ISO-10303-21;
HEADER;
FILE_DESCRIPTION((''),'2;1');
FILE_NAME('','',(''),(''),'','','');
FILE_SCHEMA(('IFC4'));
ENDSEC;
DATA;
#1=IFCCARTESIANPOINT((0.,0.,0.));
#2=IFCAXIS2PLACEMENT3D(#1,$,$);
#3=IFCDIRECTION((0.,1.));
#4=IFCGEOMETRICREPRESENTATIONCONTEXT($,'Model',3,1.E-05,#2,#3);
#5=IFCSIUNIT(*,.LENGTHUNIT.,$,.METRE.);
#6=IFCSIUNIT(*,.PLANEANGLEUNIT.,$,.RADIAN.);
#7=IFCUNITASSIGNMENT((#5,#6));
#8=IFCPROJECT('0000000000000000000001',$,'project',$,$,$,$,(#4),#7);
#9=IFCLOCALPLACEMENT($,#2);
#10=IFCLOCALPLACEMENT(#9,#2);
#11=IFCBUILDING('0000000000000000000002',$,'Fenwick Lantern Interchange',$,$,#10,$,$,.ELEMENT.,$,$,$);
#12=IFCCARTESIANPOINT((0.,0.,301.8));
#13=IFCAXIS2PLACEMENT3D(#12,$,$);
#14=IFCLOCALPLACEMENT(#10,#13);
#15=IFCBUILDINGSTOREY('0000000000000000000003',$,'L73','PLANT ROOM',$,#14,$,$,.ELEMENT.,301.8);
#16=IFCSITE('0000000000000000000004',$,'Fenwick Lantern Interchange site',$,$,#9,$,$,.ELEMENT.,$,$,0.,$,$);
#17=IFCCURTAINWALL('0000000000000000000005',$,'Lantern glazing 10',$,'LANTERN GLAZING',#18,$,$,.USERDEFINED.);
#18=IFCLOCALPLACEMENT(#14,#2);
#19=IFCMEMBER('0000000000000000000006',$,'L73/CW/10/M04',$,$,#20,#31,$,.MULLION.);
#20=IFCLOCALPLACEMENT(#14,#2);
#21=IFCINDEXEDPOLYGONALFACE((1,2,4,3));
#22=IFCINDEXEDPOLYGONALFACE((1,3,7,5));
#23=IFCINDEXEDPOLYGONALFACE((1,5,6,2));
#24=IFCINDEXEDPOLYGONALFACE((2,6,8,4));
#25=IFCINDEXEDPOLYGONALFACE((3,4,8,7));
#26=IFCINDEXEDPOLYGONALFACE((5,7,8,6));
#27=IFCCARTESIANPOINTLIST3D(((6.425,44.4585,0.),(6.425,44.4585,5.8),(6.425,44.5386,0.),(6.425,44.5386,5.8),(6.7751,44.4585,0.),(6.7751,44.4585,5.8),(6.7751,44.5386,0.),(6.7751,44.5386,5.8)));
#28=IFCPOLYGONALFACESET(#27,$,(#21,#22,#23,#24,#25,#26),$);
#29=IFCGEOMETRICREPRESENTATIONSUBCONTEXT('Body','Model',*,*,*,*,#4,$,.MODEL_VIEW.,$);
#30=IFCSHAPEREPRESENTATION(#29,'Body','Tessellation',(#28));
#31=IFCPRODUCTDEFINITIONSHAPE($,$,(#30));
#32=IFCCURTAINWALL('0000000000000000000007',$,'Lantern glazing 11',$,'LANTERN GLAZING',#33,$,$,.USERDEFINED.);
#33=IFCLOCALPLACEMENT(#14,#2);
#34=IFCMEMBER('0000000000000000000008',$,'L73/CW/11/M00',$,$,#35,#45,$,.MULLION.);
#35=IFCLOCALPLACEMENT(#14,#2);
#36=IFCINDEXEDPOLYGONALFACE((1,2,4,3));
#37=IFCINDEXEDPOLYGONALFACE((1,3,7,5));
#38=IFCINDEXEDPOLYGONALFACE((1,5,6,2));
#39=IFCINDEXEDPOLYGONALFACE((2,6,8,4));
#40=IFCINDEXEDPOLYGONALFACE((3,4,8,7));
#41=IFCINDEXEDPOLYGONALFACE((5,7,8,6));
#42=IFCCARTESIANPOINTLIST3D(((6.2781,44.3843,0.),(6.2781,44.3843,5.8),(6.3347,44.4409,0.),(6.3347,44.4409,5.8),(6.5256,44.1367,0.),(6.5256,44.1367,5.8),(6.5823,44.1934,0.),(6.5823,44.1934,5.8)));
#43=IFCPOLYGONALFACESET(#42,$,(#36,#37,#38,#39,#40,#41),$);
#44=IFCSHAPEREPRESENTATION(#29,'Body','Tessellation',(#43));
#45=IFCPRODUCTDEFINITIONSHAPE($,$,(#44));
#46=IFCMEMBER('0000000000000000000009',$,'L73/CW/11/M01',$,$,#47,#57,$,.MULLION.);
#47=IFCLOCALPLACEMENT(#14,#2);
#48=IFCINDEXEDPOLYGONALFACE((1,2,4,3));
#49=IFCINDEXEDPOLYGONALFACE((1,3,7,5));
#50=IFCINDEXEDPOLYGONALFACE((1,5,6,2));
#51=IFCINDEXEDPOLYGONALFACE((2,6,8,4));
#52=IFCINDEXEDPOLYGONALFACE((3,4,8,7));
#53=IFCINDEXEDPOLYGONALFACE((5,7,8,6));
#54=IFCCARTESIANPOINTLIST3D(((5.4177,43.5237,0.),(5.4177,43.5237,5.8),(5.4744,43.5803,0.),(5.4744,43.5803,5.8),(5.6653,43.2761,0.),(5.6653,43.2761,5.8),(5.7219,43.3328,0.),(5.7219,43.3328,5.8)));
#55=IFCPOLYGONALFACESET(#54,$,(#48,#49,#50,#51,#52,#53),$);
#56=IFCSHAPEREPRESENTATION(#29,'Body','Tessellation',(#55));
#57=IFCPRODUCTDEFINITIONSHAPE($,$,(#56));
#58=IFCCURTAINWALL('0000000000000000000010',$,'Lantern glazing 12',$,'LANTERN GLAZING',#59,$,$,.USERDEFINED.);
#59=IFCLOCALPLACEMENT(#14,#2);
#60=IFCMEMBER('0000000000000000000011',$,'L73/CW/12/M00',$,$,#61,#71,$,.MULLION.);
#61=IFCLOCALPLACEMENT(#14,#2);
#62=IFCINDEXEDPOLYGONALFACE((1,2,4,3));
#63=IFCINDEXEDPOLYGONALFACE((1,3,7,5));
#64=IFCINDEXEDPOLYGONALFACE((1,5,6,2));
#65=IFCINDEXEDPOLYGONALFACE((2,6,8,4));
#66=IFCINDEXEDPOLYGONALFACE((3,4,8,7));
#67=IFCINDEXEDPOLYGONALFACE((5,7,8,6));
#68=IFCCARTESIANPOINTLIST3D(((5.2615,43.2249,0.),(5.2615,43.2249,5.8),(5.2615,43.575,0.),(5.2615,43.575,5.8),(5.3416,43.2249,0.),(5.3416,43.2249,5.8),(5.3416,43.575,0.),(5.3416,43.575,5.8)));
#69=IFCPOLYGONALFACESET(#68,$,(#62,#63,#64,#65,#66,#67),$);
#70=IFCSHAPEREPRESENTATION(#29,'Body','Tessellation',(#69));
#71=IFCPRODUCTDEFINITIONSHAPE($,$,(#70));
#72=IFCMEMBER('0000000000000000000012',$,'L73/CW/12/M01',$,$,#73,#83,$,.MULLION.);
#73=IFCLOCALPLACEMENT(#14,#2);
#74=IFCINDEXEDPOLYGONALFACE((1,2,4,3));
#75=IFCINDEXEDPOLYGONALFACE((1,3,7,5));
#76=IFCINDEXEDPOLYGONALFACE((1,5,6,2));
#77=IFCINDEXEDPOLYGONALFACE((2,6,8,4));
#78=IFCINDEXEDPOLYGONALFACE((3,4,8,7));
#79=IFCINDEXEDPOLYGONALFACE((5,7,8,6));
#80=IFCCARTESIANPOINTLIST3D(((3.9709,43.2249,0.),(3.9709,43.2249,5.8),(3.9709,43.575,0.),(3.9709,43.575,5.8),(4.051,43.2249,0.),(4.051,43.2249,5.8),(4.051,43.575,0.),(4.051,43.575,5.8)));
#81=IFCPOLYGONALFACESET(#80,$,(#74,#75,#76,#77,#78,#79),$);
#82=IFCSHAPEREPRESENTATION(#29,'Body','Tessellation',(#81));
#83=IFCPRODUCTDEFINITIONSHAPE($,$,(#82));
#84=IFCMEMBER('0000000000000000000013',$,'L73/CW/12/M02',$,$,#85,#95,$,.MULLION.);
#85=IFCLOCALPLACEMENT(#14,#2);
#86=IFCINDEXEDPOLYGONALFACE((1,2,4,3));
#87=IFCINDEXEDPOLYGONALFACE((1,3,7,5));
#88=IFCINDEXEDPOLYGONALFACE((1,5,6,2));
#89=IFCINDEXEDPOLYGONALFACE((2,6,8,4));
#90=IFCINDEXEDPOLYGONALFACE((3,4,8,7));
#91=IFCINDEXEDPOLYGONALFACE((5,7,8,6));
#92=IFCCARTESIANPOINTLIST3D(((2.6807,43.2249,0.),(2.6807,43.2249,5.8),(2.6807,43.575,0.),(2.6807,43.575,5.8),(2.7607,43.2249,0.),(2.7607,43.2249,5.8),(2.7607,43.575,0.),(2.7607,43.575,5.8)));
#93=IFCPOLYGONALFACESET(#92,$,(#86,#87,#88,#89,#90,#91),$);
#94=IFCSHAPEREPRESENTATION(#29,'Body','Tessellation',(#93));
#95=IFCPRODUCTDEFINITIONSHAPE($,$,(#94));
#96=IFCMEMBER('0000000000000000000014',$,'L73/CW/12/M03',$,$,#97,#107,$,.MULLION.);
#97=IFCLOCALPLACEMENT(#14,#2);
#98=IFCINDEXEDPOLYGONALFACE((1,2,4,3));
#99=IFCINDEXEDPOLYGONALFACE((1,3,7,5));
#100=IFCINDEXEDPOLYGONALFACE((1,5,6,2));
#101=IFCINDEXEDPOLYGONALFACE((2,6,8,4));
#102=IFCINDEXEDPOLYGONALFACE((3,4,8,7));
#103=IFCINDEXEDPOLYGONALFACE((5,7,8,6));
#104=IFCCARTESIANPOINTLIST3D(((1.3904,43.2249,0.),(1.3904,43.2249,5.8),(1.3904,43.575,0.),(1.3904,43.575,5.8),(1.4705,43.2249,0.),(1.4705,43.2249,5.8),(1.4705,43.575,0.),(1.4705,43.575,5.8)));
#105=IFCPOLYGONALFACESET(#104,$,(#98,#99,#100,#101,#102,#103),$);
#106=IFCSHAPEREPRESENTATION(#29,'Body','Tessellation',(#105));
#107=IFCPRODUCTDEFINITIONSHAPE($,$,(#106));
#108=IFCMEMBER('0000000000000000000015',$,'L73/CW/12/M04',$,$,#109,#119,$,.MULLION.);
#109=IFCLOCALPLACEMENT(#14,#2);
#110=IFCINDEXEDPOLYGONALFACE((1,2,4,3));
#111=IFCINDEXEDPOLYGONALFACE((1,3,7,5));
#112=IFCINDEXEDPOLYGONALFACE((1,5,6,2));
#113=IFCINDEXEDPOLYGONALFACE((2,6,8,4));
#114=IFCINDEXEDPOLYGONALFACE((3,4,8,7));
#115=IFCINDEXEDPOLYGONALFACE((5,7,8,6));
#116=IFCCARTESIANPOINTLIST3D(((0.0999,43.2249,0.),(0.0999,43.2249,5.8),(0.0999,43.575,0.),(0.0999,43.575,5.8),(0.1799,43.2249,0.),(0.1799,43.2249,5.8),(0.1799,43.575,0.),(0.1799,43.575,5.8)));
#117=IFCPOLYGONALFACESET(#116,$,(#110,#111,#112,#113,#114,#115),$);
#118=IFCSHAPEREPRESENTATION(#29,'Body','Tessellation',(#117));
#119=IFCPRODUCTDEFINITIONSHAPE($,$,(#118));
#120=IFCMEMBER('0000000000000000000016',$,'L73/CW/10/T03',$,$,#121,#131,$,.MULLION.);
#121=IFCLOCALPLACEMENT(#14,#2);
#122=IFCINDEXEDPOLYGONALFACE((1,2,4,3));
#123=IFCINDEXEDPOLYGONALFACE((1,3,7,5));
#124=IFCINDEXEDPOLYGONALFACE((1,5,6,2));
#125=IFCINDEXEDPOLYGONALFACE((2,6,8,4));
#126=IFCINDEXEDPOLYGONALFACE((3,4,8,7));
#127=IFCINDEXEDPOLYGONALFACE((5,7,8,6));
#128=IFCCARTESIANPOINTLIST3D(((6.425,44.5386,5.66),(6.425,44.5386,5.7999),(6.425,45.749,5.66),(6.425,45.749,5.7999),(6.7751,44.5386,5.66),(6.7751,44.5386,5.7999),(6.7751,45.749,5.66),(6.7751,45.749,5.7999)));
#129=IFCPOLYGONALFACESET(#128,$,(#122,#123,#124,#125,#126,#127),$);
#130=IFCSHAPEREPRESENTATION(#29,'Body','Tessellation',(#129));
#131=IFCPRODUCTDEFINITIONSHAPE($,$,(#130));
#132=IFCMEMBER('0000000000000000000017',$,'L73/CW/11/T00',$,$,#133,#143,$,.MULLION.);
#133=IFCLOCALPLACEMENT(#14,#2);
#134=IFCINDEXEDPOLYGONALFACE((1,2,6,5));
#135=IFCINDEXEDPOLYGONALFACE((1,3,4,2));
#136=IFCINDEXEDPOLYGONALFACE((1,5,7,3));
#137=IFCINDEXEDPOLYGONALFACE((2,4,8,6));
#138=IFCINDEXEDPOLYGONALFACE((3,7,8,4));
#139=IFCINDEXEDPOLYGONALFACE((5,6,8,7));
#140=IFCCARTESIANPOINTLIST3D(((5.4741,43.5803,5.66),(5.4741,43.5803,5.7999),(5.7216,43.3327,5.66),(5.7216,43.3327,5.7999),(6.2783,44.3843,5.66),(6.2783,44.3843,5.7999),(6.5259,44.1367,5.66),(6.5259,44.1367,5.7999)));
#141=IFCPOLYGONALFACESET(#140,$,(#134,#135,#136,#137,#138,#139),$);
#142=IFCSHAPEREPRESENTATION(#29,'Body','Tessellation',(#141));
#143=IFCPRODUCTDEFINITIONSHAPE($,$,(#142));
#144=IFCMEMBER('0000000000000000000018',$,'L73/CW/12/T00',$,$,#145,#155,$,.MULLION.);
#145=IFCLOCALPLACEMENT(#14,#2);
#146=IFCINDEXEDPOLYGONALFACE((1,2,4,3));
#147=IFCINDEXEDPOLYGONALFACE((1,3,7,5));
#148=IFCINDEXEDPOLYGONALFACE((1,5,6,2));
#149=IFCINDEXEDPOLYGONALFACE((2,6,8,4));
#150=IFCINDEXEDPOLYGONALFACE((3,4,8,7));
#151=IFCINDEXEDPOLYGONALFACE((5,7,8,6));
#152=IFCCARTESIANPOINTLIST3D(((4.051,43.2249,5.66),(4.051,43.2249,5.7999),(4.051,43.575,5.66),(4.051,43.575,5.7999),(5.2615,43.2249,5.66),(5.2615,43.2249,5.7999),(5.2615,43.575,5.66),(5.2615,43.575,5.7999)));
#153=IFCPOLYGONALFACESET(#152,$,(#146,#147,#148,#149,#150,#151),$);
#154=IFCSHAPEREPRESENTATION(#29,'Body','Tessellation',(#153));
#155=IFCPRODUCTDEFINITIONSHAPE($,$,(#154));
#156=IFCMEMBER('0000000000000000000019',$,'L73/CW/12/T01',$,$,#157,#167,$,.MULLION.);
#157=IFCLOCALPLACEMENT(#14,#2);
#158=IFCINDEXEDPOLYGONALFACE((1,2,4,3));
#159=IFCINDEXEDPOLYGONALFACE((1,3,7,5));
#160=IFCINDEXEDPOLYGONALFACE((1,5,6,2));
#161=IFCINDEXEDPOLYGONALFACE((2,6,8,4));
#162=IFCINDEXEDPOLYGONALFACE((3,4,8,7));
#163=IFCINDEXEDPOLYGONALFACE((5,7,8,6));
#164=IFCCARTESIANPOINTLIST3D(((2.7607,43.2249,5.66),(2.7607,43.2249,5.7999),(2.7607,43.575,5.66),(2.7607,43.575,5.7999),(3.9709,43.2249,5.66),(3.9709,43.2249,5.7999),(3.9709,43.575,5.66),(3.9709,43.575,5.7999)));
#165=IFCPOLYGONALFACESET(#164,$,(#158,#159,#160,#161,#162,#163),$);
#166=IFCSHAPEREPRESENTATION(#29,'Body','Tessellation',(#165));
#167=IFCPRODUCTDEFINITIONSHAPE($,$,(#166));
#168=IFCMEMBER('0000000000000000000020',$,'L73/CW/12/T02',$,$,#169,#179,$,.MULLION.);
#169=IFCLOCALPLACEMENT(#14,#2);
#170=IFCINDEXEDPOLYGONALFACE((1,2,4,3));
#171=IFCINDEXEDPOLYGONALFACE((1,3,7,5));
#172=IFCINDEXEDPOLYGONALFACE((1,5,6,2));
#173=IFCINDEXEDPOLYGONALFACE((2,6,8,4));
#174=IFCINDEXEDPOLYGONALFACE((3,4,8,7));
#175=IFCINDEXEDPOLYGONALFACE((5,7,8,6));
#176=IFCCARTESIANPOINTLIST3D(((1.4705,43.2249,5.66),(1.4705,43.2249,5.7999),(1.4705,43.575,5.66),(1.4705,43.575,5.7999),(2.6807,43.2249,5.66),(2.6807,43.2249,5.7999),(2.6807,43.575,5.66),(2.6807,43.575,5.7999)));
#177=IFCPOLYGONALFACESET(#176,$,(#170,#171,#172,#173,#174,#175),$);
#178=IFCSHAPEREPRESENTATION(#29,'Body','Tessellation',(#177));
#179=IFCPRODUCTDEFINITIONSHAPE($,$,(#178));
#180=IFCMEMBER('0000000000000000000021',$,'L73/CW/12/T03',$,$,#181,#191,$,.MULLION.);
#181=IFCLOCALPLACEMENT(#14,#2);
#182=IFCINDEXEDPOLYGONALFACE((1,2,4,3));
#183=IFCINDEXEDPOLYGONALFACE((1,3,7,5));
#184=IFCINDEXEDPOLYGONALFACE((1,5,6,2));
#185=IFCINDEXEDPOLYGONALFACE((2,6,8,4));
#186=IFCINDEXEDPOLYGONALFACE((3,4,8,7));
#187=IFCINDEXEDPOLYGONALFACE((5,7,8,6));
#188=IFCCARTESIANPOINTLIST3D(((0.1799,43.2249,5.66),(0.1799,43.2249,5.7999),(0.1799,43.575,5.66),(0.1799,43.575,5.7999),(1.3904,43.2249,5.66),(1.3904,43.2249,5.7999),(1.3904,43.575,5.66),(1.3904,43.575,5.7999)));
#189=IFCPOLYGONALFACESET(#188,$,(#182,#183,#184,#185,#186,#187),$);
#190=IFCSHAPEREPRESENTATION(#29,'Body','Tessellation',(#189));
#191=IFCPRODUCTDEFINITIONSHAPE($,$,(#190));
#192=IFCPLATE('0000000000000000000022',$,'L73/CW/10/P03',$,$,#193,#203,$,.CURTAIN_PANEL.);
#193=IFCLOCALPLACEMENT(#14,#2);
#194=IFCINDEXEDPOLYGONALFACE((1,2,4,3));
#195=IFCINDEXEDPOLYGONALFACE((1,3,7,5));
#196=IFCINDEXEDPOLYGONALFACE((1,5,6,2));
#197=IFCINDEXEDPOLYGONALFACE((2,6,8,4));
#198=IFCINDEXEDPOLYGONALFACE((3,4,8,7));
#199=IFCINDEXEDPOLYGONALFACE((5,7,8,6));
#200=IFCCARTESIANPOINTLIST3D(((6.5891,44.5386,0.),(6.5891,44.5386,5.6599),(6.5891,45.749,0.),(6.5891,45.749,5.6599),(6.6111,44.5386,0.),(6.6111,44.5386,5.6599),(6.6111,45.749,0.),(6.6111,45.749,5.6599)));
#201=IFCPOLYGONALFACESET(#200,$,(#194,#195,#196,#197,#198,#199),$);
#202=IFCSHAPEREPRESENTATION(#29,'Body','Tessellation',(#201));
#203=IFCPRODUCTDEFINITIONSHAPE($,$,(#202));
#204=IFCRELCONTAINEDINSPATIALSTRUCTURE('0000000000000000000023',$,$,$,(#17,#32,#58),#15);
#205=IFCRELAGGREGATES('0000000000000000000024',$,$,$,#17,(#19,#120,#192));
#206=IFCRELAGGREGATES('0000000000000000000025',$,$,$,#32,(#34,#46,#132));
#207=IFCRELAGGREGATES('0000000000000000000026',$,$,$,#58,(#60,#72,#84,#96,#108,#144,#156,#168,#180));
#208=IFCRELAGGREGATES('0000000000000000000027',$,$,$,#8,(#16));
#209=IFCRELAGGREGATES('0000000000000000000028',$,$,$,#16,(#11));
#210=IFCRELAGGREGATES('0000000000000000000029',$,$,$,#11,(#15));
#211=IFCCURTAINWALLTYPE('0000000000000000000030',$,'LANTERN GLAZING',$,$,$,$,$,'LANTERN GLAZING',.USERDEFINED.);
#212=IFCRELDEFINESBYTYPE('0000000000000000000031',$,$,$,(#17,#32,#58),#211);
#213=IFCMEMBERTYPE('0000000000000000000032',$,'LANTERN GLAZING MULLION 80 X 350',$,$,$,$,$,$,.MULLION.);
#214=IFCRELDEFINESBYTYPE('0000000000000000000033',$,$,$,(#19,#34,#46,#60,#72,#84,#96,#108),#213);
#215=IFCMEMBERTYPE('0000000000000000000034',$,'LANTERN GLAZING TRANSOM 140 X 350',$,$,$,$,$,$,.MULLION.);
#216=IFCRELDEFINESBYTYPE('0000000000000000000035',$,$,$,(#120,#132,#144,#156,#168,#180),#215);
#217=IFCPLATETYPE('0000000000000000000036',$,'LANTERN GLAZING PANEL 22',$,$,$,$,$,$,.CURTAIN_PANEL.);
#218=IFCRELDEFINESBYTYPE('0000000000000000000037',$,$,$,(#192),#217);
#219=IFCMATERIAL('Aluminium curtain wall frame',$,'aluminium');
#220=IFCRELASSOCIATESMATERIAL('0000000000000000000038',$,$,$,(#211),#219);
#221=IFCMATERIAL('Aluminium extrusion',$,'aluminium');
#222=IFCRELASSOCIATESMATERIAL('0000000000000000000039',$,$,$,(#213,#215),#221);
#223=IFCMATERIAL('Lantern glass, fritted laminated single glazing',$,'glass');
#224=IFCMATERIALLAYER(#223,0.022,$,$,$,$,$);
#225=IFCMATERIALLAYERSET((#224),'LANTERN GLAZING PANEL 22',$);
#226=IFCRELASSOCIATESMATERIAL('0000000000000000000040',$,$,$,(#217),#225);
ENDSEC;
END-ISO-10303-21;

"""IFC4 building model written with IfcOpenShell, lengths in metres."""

from ifc_helpers import new_model, si_unit, direction, frame, origin, origin_2d, place, context, subcontext, project, spatial, rectangle, extrude, material, layer, layer_set, material_profile, profile_set, type_object, element, aggregate, save


model = new_model("IFC4")

# Units and contexts
model_context = context("Model", 3, precision=1e-05, world=origin(), true_north=direction((0.0, 1.0)))
body_context = subcontext(model_context, "Body", "Model", "MODEL_VIEW")
ifc_project = project(units=[si_unit("LENGTHUNIT", "METRE"), si_unit("PLANEANGLEUNIT", "RADIAN")], contexts=[model_context])

# Site, building, storey
site_placement = place(None, origin())
site = spatial("IfcSite", under=ifc_project, at=site_placement, Name="Fenwick Lantern Interchange site", CompositionType="ELEMENT", RefElevation=0.0)
building_placement = place(site_placement, origin())
building = spatial("IfcBuilding", under=site, at=building_placement, Name="Fenwick Lantern Interchange", CompositionType="ELEMENT")
storey_placement = place(building_placement, frame((0.0, 0.0, 301.8)))
storey = spatial("IfcBuildingStorey", under=building, at=storey_placement, Name="L73", Description="PLANT ROOM", CompositionType="ELEMENT", Elevation=301.8)

# Curtain wall, member
ifc_material_1 = material(Name="Aluminium curtain wall frame", Category="aluminium")
curtain_wall_type = type_object("IfcCurtainWallType", Name="LANTERN GLAZING", ElementType="LANTERN GLAZING", PredefinedType="USERDEFINED", material=ifc_material_1)
curtain_wall_1_placement = place(storey_placement, origin())
curtain_wall_1 = element("IfcCurtainWall", 1, at=curtain_wall_1_placement, inside=storey, type_object=curtain_wall_type, Name="Lantern glazing 10", ObjectType="LANTERN GLAZING", PredefinedType="USERDEFINED")
ifc_material_2 = material(Name="Aluminium extrusion", Category="aluminium")
ifc_material_profile_1 = material_profile(ifc_material_2, rectangle(XDim=0.3501, YDim=0.0801, at=origin_2d()), Name="LANTERN GLAZING MULLION 80 X 350")
ifc_profile_set_1 = profile_set([ifc_material_profile_1], Name="Aluminium extrusion")
member_type_1 = type_object("IfcMemberType", Name="LANTERN GLAZING MULLION 80 X 350", PredefinedType="MULLION", material=ifc_profile_set_1)
member_1_placement = place(storey_placement, frame((6.6001, 44.4985, 0.0), z_axis=(0.0, 0.0, 1.0), x_axis=(1.0, 0.0, 0.0)))
member_1 = element("IfcMember", 2, at=member_1_placement, type_object=member_type_1, Name="L73/CW/10/M04", PredefinedType="MULLION", context=body_context, shape_type="SweptSolid", body=[
    extrude(rectangle(XDim=0.3501, YDim=0.0801, at=origin_2d()), origin(), (0.0, 0.0, 1.0), 5.8),
])

# Curtain walls, members
curtain_wall_2_placement = place(storey_placement, origin())
curtain_wall_2 = element("IfcCurtainWall", 3, at=curtain_wall_2_placement, inside=storey, type_object=curtain_wall_type, Name="Lantern glazing 11", ObjectType="LANTERN GLAZING", PredefinedType="USERDEFINED")
member_2_placement = place(storey_placement, frame((6.4302, 44.2888, 0.0), z_axis=(0.0, 0.0, 1.0), x_axis=(0.707107, -0.707107, 0.0)))
member_2 = element("IfcMember", 4, at=member_2_placement, type_object=member_type_1, Name="L73/CW/11/M00", PredefinedType="MULLION", context=body_context, shape_type="SweptSolid", body=[
    extrude(rectangle(XDim=0.3501, YDim=0.0801, at=origin_2d()), origin(), (0.0, 0.0, 1.0), 5.8),
])
member_3_placement = place(storey_placement, frame((5.5698, 43.4282, 0.0), z_axis=(0.0, 0.0, 1.0), x_axis=(0.707107, -0.707107, 0.0)))
member_3 = element("IfcMember", 5, at=member_3_placement, type_object=member_type_1, Name="L73/CW/11/M01", PredefinedType="MULLION", context=body_context, shape_type="SweptSolid", body=[
    extrude(rectangle(XDim=0.3501, YDim=0.0801, at=origin_2d()), origin(), (0.0, 0.0, 1.0), 5.8),
])
curtain_wall_3_placement = place(storey_placement, origin())
curtain_wall_3 = element("IfcCurtainWall", 6, at=curtain_wall_3_placement, inside=storey, type_object=curtain_wall_type, Name="Lantern glazing 12", ObjectType="LANTERN GLAZING", PredefinedType="USERDEFINED")
member_4_placement = place(storey_placement, frame((5.3015, 43.3999, 0.0), z_axis=(0.0, 0.0, 1.0), x_axis=(0.0, -1.0, 0.0)))
member_4 = element("IfcMember", 7, at=member_4_placement, type_object=member_type_1, Name="L73/CW/12/M00", PredefinedType="MULLION", context=body_context, shape_type="SweptSolid", body=[
    extrude(rectangle(XDim=0.3501, YDim=0.0801, at=origin_2d()), origin(), (0.0, 0.0, 1.0), 5.8),
])
member_5_placement = place(storey_placement, frame((4.011, 43.3999, 0.0), z_axis=(0.0, 0.0, 1.0), x_axis=(0.0, -1.0, 0.0)))
member_5 = element("IfcMember", 8, at=member_5_placement, type_object=member_type_1, Name="L73/CW/12/M01", PredefinedType="MULLION", context=body_context, shape_type="SweptSolid", body=[
    extrude(rectangle(XDim=0.3501, YDim=0.0801, at=origin_2d()), origin(), (0.0, 0.0, 1.0), 5.8),
])
member_6_placement = place(storey_placement, frame((2.7207, 43.3999, 0.0), z_axis=(0.0, 0.0, 1.0), x_axis=(0.0, -1.0, 0.0)))
member_6 = element("IfcMember", 9, at=member_6_placement, type_object=member_type_1, Name="L73/CW/12/M02", PredefinedType="MULLION", context=body_context, shape_type="SweptSolid", body=[
    extrude(rectangle(XDim=0.3501, YDim=0.0801, at=origin_2d()), origin(), (0.0, 0.0, 1.0), 5.8),
])
member_7_placement = place(storey_placement, frame((1.4304, 43.3999, 0.0), z_axis=(0.0, 0.0, 1.0), x_axis=(0.0, -1.0, 0.0)))
member_7 = element("IfcMember", 10, at=member_7_placement, type_object=member_type_1, Name="L73/CW/12/M03", PredefinedType="MULLION", context=body_context, shape_type="SweptSolid", body=[
    extrude(rectangle(XDim=0.3501, YDim=0.0801, at=origin_2d()), origin(), (0.0, 0.0, 1.0), 5.8),
])
member_8_placement = place(storey_placement, frame((0.1399, 43.3999, 0.0), z_axis=(0.0, 0.0, 1.0), x_axis=(0.0, -1.0, 0.0)))
member_8 = element("IfcMember", 11, at=member_8_placement, type_object=member_type_1, Name="L73/CW/12/M04", PredefinedType="MULLION", context=body_context, shape_type="SweptSolid", body=[
    extrude(rectangle(XDim=0.3501, YDim=0.0801, at=origin_2d()), origin(), (0.0, 0.0, 1.0), 5.8),
])

# Members
ifc_material_profile_2 = material_profile(ifc_material_2, rectangle(XDim=0.3501, YDim=0.1399, at=origin_2d()), Name="LANTERN GLAZING TRANSOM 140 X 350")
ifc_profile_set_2 = profile_set([ifc_material_profile_2], Name="Aluminium extrusion")
member_type_2 = type_object("IfcMemberType", Name="LANTERN GLAZING TRANSOM 140 X 350", PredefinedType="MULLION", material=ifc_profile_set_2)
member_9_placement = place(storey_placement, frame((6.6001, 45.749, 5.73), z_axis=(0.0, -1.0, 0.0), x_axis=(1.0, 0.0, 0.0)))
member_9 = element("IfcMember", 12, at=member_9_placement, type_object=member_type_2, Name="L73/CW/10/T03", PredefinedType="MULLION", context=body_context, shape_type="SweptSolid", body=[
    extrude(rectangle(XDim=0.3501, YDim=0.1399, at=origin_2d()), origin(), (0.0, 0.0, 1.0), 1.2104),
])
member_10_placement = place(storey_placement, frame((6.4021, 44.2605, 5.73), z_axis=(-0.707214, -0.706999, 0.0), x_axis=(0.706999, -0.707214, 0.0)))
member_10 = element("IfcMember", 13, at=member_10_placement, type_object=member_type_2, Name="L73/CW/11/T00", PredefinedType="MULLION", context=body_context, shape_type="SweptSolid", body=[
    extrude(rectangle(XDim=0.3501, YDim=0.1399, at=origin_2d()), origin(), (0.0, 0.0, 1.0), 1.1372),
])
member_11_placement = place(storey_placement, frame((5.2615, 43.3999, 5.73), z_axis=(-1.0, 0.0, 0.0), x_axis=(0.0, -1.0, 0.0)))
member_11 = element("IfcMember", 14, at=member_11_placement, type_object=member_type_2, Name="L73/CW/12/T00", PredefinedType="MULLION", context=body_context, shape_type="SweptSolid", body=[
    extrude(rectangle(XDim=0.3501, YDim=0.1399, at=origin_2d()), origin(), (0.0, 0.0, 1.0), 1.2104),
])
member_12_placement = place(storey_placement, frame((3.9709, 43.3999, 5.73), z_axis=(-1.0, 0.0, 0.0), x_axis=(0.0, -1.0, 0.0)))
member_12 = element("IfcMember", 15, at=member_12_placement, type_object=member_type_2, Name="L73/CW/12/T01", PredefinedType="MULLION", context=body_context, shape_type="SweptSolid", body=[
    extrude(rectangle(XDim=0.3501, YDim=0.1399, at=origin_2d()), origin(), (0.0, 0.0, 1.0), 1.2102),
])
member_13_placement = place(storey_placement, frame((2.6807, 43.3999, 5.73), z_axis=(-1.0, 0.0, 0.0), x_axis=(0.0, -1.0, 0.0)))
member_13 = element("IfcMember", 16, at=member_13_placement, type_object=member_type_2, Name="L73/CW/12/T02", PredefinedType="MULLION", context=body_context, shape_type="SweptSolid", body=[
    extrude(rectangle(XDim=0.3501, YDim=0.1399, at=origin_2d()), origin(), (0.0, 0.0, 1.0), 1.2102),
])
member_14_placement = place(storey_placement, frame((1.3904, 43.3999, 5.73), z_axis=(-1.0, 0.0, 0.0), x_axis=(0.0, -1.0, 0.0)))
member_14 = element("IfcMember", 17, at=member_14_placement, type_object=member_type_2, Name="L73/CW/12/T03", PredefinedType="MULLION", context=body_context, shape_type="SweptSolid", body=[
    extrude(rectangle(XDim=0.3501, YDim=0.1399, at=origin_2d()), origin(), (0.0, 0.0, 1.0), 1.2104),
])

# Plate
ifc_material_3 = material(Name="Lantern glass, fritted laminated single glazing", Category="glass")
ifc_layer_1 = layer(ifc_material_3, 0.022)
ifc_layer_set_1 = layer_set([ifc_layer_1], Name="LANTERN GLAZING PANEL 22")
plate_type = type_object("IfcPlateType", Name="LANTERN GLAZING PANEL 22", PredefinedType="CURTAIN_PANEL", material=ifc_layer_set_1)
plate_1_placement = place(storey_placement, frame((6.6001, 45.1438, 0.0), z_axis=(0.0, 0.0, 1.0), x_axis=(0.0, -1.0, 0.0)))
plate_1 = element("IfcPlate", 18, at=plate_1_placement, type_object=plate_type, Name="L73/CW/10/P03", PredefinedType="CURTAIN_PANEL", context=body_context, shape_type="SweptSolid", body=[
    extrude(rectangle(XDim=1.2104, YDim=0.022, at=origin_2d()), origin(), (0.0, 0.0, 1.0), 5.6599),
])
aggregate(curtain_wall_1, [member_1, member_9, plate_1])
aggregate(curtain_wall_2, [member_2, member_3, member_10])
aggregate(curtain_wall_3, [member_4, member_5, member_6, member_7, member_8, member_11, member_12, member_13, member_14])

save(model, "model.ifc")
